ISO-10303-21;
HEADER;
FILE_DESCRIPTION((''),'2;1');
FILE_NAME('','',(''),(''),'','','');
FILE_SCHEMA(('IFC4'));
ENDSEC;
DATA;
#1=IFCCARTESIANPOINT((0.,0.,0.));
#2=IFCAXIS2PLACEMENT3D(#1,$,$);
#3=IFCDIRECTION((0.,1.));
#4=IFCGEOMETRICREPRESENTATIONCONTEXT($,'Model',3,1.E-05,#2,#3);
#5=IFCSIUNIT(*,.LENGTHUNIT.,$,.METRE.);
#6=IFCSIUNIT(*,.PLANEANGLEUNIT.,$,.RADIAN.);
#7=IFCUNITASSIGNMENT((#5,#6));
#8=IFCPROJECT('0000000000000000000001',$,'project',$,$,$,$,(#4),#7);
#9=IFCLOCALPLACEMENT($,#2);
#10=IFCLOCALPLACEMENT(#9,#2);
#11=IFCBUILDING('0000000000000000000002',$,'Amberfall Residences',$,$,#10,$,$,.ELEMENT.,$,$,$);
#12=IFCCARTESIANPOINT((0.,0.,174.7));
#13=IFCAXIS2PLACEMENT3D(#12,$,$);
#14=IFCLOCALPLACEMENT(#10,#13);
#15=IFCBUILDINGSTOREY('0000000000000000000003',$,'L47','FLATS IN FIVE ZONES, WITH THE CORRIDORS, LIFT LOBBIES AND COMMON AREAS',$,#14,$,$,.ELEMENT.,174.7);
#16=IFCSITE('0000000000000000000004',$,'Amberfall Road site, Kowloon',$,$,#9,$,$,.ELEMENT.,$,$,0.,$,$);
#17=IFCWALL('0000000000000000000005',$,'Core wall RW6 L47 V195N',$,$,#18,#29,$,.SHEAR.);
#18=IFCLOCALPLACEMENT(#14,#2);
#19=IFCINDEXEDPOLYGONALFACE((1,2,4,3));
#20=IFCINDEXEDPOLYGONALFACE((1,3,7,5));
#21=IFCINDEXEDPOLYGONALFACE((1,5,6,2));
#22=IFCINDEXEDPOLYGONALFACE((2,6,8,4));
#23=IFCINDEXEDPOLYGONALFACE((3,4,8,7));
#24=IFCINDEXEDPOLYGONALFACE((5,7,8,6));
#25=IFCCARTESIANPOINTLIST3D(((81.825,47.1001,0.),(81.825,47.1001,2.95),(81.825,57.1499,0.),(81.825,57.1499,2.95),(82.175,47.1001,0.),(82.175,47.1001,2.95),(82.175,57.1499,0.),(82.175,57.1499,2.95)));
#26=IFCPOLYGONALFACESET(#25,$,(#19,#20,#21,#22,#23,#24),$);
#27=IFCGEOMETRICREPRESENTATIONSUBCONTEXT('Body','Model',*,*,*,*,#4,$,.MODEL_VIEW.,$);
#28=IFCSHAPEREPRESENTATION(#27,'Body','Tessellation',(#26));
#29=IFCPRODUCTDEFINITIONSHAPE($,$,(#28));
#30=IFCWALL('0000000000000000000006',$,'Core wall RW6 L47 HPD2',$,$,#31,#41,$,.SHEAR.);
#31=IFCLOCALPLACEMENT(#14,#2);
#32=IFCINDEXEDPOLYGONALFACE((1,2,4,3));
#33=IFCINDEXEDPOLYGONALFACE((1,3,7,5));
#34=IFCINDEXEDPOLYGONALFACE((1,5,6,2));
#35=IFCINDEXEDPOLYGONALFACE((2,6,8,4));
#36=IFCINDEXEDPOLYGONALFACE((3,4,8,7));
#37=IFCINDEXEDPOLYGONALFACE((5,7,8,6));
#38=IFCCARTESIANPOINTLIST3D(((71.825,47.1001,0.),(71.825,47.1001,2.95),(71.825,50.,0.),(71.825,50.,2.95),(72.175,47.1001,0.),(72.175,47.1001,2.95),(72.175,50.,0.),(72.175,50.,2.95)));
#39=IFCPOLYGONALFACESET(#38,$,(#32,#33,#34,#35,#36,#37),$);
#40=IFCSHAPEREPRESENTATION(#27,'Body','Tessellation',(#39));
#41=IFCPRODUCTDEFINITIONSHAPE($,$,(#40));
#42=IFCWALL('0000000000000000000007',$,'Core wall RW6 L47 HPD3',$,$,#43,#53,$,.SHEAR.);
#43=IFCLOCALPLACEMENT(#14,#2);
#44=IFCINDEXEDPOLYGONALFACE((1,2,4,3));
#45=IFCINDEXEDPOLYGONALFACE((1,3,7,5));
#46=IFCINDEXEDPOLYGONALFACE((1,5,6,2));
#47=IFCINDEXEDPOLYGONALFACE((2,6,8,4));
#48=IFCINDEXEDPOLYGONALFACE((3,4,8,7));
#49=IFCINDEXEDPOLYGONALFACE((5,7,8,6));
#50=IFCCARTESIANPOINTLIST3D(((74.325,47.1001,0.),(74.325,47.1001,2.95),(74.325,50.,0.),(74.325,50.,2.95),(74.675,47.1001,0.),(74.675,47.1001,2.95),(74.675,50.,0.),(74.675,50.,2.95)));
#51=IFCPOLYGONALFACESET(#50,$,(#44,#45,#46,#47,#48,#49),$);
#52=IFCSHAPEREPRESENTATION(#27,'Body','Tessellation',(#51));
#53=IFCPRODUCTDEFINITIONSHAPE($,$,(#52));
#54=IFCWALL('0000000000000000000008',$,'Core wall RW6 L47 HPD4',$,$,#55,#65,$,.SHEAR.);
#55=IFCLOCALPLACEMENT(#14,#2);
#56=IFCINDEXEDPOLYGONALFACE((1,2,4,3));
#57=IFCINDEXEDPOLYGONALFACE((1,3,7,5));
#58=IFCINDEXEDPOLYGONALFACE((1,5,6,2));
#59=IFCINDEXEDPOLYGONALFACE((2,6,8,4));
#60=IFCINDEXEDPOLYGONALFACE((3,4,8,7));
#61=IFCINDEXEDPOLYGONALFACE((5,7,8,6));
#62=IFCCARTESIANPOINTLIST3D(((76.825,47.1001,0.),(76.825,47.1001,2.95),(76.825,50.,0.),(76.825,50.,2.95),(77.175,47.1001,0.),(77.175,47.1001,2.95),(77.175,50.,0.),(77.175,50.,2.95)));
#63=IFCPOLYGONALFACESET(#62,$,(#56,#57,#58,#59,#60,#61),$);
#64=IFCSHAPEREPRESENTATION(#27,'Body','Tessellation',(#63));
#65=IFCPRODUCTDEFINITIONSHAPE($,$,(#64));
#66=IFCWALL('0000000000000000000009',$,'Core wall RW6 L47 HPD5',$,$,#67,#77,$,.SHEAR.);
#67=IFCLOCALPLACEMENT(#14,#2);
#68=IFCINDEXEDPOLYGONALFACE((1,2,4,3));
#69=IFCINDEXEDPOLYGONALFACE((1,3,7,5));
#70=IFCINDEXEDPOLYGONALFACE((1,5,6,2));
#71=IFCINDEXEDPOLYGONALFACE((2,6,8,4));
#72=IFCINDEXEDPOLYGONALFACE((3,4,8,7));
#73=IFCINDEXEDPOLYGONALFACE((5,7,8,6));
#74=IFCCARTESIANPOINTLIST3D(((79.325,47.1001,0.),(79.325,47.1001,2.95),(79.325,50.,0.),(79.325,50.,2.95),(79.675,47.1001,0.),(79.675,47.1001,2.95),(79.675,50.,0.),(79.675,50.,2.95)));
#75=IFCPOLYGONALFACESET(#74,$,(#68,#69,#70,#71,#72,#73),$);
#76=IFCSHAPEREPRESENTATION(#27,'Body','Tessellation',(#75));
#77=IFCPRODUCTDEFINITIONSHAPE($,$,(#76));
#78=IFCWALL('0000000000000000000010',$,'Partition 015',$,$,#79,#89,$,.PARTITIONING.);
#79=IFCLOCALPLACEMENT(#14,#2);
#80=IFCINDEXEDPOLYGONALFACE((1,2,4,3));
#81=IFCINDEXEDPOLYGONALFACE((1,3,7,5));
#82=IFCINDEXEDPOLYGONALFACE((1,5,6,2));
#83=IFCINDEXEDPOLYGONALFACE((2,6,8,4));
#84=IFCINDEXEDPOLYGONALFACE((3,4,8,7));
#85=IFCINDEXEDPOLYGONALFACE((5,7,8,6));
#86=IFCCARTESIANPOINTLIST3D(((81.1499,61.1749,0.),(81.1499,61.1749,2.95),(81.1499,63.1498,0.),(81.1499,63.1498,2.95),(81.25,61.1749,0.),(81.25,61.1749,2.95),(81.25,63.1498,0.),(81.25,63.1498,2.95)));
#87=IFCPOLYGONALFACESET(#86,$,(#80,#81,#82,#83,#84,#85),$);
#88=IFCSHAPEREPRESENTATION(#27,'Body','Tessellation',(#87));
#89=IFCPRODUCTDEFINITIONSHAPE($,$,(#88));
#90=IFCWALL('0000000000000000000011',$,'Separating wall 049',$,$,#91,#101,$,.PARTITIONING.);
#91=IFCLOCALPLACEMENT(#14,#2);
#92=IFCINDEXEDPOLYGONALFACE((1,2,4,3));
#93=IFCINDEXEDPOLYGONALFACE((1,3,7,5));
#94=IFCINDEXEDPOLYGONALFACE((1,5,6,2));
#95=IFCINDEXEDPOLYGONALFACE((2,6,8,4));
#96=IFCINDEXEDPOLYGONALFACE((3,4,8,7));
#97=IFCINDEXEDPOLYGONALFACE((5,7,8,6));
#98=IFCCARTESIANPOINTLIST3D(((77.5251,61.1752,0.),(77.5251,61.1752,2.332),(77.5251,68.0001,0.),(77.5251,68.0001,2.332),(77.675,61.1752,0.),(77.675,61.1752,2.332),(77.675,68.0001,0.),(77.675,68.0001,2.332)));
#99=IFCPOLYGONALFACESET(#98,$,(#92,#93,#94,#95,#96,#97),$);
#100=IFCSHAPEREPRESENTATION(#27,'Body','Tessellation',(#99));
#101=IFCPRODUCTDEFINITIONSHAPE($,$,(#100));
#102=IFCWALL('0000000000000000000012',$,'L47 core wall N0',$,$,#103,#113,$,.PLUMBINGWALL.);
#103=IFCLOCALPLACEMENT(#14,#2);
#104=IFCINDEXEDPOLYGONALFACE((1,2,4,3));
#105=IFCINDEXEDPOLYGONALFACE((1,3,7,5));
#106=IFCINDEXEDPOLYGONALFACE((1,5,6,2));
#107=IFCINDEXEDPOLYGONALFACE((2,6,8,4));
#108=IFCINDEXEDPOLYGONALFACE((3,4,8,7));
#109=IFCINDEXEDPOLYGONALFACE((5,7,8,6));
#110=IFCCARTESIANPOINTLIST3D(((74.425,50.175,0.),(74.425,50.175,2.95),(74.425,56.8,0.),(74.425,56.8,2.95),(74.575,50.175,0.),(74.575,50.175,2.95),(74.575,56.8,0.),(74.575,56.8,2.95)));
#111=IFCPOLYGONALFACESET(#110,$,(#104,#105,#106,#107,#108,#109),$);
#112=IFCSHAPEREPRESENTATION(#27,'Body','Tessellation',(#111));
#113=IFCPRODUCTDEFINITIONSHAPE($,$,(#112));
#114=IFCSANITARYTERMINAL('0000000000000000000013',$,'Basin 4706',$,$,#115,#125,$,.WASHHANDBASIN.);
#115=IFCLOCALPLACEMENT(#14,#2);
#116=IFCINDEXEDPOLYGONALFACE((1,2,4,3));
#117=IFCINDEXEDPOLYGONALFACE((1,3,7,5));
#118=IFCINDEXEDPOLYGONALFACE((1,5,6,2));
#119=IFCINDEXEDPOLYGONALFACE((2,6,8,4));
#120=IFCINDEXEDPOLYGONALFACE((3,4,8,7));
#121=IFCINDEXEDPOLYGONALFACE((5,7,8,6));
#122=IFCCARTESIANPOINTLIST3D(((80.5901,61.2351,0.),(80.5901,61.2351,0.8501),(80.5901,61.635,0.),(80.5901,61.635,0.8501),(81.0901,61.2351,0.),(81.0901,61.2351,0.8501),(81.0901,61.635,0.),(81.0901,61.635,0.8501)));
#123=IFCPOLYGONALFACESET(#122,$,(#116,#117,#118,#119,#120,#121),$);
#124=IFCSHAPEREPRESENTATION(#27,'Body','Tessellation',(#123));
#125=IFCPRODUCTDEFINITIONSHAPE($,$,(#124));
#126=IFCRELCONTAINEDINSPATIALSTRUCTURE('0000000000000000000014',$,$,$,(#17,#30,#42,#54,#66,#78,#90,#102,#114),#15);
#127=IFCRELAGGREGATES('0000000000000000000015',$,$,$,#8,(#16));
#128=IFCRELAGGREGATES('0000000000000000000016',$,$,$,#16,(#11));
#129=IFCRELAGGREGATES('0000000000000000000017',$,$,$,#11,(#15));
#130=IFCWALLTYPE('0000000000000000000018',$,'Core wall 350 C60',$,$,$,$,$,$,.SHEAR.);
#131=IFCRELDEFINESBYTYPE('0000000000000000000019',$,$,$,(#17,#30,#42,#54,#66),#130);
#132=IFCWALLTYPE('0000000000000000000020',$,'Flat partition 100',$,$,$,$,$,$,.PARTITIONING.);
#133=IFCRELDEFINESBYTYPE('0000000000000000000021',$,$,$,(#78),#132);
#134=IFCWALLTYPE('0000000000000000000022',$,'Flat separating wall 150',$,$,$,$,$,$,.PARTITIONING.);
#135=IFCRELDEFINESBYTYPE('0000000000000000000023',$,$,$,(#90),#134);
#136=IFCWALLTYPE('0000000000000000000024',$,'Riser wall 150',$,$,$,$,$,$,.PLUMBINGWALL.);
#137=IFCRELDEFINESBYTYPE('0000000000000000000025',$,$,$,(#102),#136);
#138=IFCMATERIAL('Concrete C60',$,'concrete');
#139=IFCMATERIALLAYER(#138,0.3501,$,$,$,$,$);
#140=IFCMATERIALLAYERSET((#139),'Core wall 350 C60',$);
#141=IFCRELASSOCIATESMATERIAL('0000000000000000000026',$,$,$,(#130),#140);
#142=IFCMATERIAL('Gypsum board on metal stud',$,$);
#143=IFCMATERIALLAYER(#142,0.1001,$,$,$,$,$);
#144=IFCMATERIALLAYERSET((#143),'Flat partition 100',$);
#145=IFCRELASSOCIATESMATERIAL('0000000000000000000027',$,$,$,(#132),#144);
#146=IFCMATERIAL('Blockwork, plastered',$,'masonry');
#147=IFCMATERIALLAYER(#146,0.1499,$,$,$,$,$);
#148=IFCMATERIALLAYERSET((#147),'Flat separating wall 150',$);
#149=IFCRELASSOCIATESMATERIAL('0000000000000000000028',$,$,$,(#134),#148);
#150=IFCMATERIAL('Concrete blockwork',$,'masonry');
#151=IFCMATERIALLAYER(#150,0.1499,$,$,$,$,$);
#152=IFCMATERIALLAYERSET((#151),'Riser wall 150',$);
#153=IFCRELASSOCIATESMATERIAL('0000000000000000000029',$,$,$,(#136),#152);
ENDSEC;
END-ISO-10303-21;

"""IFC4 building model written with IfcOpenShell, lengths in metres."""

from ifc_helpers import new_model, si_unit, direction, frame, frame_2d, origin, origin_2d, place, context, subcontext, project, spatial, rectangle, extrude, material, layer, layer_set, type_object, element, save


model = new_model("IFC4")

# Units and contexts
model_context = context("Model", 3, precision=1e-05, world=origin(), true_north=direction((0.0, 1.0)))
body_context = subcontext(model_context, "Body", "Model", "MODEL_VIEW")
ifc_project = project(units=[si_unit("LENGTHUNIT", "METRE"), si_unit("PLANEANGLEUNIT", "RADIAN")], contexts=[model_context])

# Site, building, storey
site_placement = place(None, origin())
site = spatial("IfcSite", under=ifc_project, at=site_placement, Name="Amberfall Road site, Kowloon", CompositionType="ELEMENT", RefElevation=0.0)
building_placement = place(site_placement, origin())
building = spatial("IfcBuilding", under=site, at=building_placement, Name="Amberfall Residences", CompositionType="ELEMENT")
storey_placement = place(building_placement, frame((0.0, 0.0, 174.7)))
storey = spatial("IfcBuildingStorey", under=building, at=storey_placement, Name="L47", Description="FLATS IN FIVE ZONES, WITH THE CORRIDORS, LIFT LOBBIES AND COMMON AREAS", CompositionType="ELEMENT", Elevation=174.7)

# Walls
ifc_material_1 = material(Name="Concrete C60", Category="concrete")
ifc_layer_1 = layer(ifc_material_1, 0.3501)
ifc_layer_set_1 = layer_set([ifc_layer_1], Name="Core wall 350 C60")
wall_type_1 = type_object("IfcWallType", Name="Core wall 350 C60", PredefinedType="SHEAR", material=ifc_layer_set_1)
wall_1_placement = place(storey_placement, frame((82.0, 47.1001, 0.0), z_axis=(0.0, 0.0, 1.0), x_axis=(0.0, 1.0, 0.0)))
element("IfcWall", 1, at=wall_1_placement, inside=storey, type_object=wall_type_1, Name="Core wall RW6 L47 V195N", PredefinedType="SHEAR", context=body_context, shape_type="SweptSolid", body=[
    extrude(rectangle(XDim=10.0498, YDim=0.3501, at=frame_2d((5.0249, 0.0))), origin(), (0.0, 0.0, 1.0), 2.95),
])
for number, where, z_axis, x_axis, name in (
    (2, (72.0, 47.1001, 0.0), (0.0, 0.0, 1.0), (0.0, 1.0, 0.0), "Core wall RW6 L47 HPD2"),
    (3, (74.5, 47.1001, 0.0), (0.0, 0.0, 1.0), (0.0, 1.0, 0.0), "Core wall RW6 L47 HPD3"),
    (4, (77.0, 47.1001, 0.0), (0.0, 0.0, 1.0), (0.0, 1.0, 0.0), "Core wall RW6 L47 HPD4"),
    (5, (79.5, 47.1001, 0.0), (0.0, 0.0, 1.0), (0.0, 1.0, 0.0), "Core wall RW6 L47 HPD5"),
):
    element("IfcWall", number, at=place(storey_placement, frame(where, z_axis=z_axis, x_axis=x_axis)), inside=storey, type_object=wall_type_1, Name=name, PredefinedType="SHEAR", context=body_context, shape_type="SweptSolid", body=[
        extrude(rectangle(XDim=2.8999, YDim=0.3501, at=frame_2d((1.45, 0.0))), origin(), (0.0, 0.0, 1.0), 2.95),
    ])
ifc_material_2 = material(Name="Gypsum board on metal stud")
ifc_layer_2 = layer(ifc_material_2, 0.1001)
ifc_layer_set_2 = layer_set([ifc_layer_2], Name="Flat partition 100")
wall_type_2 = type_object("IfcWallType", Name="Flat partition 100", PredefinedType="PARTITIONING", material=ifc_layer_set_2)
wall_2_placement = place(storey_placement, frame((81.2, 61.175, 0.0), z_axis=(0.0, 0.0, 1.0), x_axis=(0.0, 1.0, 0.0)))
element("IfcWall", 6, at=wall_2_placement, inside=storey, type_object=wall_type_2, Name="Partition 015", PredefinedType="PARTITIONING", context=body_context, shape_type="SweptSolid", body=[
    extrude(rectangle(XDim=1.9749, YDim=0.1001, at=frame_2d((0.9873, 0.0))), origin(), (0.0, 0.0, 1.0), 2.95),
])
ifc_material_3 = material(Name="Blockwork, plastered", Category="masonry")
ifc_layer_3 = layer(ifc_material_3, 0.1499)
ifc_layer_set_3 = layer_set([ifc_layer_3], Name="Flat separating wall 150")
wall_type_3 = type_object("IfcWallType", Name="Flat separating wall 150", PredefinedType="PARTITIONING", material=ifc_layer_set_3)
wall_3_placement = place(storey_placement, frame((77.6001, 61.175, 0.0), z_axis=(0.0, 0.0, 1.0), x_axis=(0.0, 1.0, 0.0)))
element("IfcWall", 7, at=wall_3_placement, inside=storey, type_object=wall_type_3, Name="Separating wall 049", PredefinedType="PARTITIONING", context=body_context, shape_type="SweptSolid", body=[
    extrude(rectangle(XDim=6.825, YDim=0.1499, at=frame_2d((3.4126, 0.0))), origin(), (0.0, 0.0, 1.0), 2.332),
])
ifc_material_4 = material(Name="Concrete blockwork", Category="masonry")
ifc_layer_4 = layer(ifc_material_4, 0.1499)
ifc_layer_set_4 = layer_set([ifc_layer_4], Name="Riser wall 150")
wall_type_4 = type_object("IfcWallType", Name="Riser wall 150", PredefinedType="PLUMBINGWALL", material=ifc_layer_set_4)
wall_4_placement = place(storey_placement, frame((74.5, 50.175, 0.0), z_axis=(0.0, 0.0, 1.0), x_axis=(0.0, 1.0, 0.0)))
element("IfcWall", 8, at=wall_4_placement, inside=storey, type_object=wall_type_4, Name="L47 core wall N0", PredefinedType="PLUMBINGWALL", context=body_context, shape_type="SweptSolid", body=[
    extrude(rectangle(XDim=6.625, YDim=0.1499, at=frame_2d((3.3125, 0.0))), origin(), (0.0, 0.0, 1.0), 2.95),
])

# Sanitary terminal
sanitary_terminal_placement = place(storey_placement, frame((80.8401, 61.4351, 0.0), z_axis=(0.0, 0.0, 1.0), x_axis=(1.0, 0.0, 0.0)))
element("IfcSanitaryTerminal", 9, at=sanitary_terminal_placement, inside=storey, Name="Basin 4706", PredefinedType="WASHHANDBASIN", context=body_context, shape_type="SweptSolid", body=[
    extrude(rectangle(XDim=0.5, YDim=0.3999, at=origin_2d()), origin(), (0.0, 0.0, 1.0), 0.8501),
])

save(model, "model.ifc")
